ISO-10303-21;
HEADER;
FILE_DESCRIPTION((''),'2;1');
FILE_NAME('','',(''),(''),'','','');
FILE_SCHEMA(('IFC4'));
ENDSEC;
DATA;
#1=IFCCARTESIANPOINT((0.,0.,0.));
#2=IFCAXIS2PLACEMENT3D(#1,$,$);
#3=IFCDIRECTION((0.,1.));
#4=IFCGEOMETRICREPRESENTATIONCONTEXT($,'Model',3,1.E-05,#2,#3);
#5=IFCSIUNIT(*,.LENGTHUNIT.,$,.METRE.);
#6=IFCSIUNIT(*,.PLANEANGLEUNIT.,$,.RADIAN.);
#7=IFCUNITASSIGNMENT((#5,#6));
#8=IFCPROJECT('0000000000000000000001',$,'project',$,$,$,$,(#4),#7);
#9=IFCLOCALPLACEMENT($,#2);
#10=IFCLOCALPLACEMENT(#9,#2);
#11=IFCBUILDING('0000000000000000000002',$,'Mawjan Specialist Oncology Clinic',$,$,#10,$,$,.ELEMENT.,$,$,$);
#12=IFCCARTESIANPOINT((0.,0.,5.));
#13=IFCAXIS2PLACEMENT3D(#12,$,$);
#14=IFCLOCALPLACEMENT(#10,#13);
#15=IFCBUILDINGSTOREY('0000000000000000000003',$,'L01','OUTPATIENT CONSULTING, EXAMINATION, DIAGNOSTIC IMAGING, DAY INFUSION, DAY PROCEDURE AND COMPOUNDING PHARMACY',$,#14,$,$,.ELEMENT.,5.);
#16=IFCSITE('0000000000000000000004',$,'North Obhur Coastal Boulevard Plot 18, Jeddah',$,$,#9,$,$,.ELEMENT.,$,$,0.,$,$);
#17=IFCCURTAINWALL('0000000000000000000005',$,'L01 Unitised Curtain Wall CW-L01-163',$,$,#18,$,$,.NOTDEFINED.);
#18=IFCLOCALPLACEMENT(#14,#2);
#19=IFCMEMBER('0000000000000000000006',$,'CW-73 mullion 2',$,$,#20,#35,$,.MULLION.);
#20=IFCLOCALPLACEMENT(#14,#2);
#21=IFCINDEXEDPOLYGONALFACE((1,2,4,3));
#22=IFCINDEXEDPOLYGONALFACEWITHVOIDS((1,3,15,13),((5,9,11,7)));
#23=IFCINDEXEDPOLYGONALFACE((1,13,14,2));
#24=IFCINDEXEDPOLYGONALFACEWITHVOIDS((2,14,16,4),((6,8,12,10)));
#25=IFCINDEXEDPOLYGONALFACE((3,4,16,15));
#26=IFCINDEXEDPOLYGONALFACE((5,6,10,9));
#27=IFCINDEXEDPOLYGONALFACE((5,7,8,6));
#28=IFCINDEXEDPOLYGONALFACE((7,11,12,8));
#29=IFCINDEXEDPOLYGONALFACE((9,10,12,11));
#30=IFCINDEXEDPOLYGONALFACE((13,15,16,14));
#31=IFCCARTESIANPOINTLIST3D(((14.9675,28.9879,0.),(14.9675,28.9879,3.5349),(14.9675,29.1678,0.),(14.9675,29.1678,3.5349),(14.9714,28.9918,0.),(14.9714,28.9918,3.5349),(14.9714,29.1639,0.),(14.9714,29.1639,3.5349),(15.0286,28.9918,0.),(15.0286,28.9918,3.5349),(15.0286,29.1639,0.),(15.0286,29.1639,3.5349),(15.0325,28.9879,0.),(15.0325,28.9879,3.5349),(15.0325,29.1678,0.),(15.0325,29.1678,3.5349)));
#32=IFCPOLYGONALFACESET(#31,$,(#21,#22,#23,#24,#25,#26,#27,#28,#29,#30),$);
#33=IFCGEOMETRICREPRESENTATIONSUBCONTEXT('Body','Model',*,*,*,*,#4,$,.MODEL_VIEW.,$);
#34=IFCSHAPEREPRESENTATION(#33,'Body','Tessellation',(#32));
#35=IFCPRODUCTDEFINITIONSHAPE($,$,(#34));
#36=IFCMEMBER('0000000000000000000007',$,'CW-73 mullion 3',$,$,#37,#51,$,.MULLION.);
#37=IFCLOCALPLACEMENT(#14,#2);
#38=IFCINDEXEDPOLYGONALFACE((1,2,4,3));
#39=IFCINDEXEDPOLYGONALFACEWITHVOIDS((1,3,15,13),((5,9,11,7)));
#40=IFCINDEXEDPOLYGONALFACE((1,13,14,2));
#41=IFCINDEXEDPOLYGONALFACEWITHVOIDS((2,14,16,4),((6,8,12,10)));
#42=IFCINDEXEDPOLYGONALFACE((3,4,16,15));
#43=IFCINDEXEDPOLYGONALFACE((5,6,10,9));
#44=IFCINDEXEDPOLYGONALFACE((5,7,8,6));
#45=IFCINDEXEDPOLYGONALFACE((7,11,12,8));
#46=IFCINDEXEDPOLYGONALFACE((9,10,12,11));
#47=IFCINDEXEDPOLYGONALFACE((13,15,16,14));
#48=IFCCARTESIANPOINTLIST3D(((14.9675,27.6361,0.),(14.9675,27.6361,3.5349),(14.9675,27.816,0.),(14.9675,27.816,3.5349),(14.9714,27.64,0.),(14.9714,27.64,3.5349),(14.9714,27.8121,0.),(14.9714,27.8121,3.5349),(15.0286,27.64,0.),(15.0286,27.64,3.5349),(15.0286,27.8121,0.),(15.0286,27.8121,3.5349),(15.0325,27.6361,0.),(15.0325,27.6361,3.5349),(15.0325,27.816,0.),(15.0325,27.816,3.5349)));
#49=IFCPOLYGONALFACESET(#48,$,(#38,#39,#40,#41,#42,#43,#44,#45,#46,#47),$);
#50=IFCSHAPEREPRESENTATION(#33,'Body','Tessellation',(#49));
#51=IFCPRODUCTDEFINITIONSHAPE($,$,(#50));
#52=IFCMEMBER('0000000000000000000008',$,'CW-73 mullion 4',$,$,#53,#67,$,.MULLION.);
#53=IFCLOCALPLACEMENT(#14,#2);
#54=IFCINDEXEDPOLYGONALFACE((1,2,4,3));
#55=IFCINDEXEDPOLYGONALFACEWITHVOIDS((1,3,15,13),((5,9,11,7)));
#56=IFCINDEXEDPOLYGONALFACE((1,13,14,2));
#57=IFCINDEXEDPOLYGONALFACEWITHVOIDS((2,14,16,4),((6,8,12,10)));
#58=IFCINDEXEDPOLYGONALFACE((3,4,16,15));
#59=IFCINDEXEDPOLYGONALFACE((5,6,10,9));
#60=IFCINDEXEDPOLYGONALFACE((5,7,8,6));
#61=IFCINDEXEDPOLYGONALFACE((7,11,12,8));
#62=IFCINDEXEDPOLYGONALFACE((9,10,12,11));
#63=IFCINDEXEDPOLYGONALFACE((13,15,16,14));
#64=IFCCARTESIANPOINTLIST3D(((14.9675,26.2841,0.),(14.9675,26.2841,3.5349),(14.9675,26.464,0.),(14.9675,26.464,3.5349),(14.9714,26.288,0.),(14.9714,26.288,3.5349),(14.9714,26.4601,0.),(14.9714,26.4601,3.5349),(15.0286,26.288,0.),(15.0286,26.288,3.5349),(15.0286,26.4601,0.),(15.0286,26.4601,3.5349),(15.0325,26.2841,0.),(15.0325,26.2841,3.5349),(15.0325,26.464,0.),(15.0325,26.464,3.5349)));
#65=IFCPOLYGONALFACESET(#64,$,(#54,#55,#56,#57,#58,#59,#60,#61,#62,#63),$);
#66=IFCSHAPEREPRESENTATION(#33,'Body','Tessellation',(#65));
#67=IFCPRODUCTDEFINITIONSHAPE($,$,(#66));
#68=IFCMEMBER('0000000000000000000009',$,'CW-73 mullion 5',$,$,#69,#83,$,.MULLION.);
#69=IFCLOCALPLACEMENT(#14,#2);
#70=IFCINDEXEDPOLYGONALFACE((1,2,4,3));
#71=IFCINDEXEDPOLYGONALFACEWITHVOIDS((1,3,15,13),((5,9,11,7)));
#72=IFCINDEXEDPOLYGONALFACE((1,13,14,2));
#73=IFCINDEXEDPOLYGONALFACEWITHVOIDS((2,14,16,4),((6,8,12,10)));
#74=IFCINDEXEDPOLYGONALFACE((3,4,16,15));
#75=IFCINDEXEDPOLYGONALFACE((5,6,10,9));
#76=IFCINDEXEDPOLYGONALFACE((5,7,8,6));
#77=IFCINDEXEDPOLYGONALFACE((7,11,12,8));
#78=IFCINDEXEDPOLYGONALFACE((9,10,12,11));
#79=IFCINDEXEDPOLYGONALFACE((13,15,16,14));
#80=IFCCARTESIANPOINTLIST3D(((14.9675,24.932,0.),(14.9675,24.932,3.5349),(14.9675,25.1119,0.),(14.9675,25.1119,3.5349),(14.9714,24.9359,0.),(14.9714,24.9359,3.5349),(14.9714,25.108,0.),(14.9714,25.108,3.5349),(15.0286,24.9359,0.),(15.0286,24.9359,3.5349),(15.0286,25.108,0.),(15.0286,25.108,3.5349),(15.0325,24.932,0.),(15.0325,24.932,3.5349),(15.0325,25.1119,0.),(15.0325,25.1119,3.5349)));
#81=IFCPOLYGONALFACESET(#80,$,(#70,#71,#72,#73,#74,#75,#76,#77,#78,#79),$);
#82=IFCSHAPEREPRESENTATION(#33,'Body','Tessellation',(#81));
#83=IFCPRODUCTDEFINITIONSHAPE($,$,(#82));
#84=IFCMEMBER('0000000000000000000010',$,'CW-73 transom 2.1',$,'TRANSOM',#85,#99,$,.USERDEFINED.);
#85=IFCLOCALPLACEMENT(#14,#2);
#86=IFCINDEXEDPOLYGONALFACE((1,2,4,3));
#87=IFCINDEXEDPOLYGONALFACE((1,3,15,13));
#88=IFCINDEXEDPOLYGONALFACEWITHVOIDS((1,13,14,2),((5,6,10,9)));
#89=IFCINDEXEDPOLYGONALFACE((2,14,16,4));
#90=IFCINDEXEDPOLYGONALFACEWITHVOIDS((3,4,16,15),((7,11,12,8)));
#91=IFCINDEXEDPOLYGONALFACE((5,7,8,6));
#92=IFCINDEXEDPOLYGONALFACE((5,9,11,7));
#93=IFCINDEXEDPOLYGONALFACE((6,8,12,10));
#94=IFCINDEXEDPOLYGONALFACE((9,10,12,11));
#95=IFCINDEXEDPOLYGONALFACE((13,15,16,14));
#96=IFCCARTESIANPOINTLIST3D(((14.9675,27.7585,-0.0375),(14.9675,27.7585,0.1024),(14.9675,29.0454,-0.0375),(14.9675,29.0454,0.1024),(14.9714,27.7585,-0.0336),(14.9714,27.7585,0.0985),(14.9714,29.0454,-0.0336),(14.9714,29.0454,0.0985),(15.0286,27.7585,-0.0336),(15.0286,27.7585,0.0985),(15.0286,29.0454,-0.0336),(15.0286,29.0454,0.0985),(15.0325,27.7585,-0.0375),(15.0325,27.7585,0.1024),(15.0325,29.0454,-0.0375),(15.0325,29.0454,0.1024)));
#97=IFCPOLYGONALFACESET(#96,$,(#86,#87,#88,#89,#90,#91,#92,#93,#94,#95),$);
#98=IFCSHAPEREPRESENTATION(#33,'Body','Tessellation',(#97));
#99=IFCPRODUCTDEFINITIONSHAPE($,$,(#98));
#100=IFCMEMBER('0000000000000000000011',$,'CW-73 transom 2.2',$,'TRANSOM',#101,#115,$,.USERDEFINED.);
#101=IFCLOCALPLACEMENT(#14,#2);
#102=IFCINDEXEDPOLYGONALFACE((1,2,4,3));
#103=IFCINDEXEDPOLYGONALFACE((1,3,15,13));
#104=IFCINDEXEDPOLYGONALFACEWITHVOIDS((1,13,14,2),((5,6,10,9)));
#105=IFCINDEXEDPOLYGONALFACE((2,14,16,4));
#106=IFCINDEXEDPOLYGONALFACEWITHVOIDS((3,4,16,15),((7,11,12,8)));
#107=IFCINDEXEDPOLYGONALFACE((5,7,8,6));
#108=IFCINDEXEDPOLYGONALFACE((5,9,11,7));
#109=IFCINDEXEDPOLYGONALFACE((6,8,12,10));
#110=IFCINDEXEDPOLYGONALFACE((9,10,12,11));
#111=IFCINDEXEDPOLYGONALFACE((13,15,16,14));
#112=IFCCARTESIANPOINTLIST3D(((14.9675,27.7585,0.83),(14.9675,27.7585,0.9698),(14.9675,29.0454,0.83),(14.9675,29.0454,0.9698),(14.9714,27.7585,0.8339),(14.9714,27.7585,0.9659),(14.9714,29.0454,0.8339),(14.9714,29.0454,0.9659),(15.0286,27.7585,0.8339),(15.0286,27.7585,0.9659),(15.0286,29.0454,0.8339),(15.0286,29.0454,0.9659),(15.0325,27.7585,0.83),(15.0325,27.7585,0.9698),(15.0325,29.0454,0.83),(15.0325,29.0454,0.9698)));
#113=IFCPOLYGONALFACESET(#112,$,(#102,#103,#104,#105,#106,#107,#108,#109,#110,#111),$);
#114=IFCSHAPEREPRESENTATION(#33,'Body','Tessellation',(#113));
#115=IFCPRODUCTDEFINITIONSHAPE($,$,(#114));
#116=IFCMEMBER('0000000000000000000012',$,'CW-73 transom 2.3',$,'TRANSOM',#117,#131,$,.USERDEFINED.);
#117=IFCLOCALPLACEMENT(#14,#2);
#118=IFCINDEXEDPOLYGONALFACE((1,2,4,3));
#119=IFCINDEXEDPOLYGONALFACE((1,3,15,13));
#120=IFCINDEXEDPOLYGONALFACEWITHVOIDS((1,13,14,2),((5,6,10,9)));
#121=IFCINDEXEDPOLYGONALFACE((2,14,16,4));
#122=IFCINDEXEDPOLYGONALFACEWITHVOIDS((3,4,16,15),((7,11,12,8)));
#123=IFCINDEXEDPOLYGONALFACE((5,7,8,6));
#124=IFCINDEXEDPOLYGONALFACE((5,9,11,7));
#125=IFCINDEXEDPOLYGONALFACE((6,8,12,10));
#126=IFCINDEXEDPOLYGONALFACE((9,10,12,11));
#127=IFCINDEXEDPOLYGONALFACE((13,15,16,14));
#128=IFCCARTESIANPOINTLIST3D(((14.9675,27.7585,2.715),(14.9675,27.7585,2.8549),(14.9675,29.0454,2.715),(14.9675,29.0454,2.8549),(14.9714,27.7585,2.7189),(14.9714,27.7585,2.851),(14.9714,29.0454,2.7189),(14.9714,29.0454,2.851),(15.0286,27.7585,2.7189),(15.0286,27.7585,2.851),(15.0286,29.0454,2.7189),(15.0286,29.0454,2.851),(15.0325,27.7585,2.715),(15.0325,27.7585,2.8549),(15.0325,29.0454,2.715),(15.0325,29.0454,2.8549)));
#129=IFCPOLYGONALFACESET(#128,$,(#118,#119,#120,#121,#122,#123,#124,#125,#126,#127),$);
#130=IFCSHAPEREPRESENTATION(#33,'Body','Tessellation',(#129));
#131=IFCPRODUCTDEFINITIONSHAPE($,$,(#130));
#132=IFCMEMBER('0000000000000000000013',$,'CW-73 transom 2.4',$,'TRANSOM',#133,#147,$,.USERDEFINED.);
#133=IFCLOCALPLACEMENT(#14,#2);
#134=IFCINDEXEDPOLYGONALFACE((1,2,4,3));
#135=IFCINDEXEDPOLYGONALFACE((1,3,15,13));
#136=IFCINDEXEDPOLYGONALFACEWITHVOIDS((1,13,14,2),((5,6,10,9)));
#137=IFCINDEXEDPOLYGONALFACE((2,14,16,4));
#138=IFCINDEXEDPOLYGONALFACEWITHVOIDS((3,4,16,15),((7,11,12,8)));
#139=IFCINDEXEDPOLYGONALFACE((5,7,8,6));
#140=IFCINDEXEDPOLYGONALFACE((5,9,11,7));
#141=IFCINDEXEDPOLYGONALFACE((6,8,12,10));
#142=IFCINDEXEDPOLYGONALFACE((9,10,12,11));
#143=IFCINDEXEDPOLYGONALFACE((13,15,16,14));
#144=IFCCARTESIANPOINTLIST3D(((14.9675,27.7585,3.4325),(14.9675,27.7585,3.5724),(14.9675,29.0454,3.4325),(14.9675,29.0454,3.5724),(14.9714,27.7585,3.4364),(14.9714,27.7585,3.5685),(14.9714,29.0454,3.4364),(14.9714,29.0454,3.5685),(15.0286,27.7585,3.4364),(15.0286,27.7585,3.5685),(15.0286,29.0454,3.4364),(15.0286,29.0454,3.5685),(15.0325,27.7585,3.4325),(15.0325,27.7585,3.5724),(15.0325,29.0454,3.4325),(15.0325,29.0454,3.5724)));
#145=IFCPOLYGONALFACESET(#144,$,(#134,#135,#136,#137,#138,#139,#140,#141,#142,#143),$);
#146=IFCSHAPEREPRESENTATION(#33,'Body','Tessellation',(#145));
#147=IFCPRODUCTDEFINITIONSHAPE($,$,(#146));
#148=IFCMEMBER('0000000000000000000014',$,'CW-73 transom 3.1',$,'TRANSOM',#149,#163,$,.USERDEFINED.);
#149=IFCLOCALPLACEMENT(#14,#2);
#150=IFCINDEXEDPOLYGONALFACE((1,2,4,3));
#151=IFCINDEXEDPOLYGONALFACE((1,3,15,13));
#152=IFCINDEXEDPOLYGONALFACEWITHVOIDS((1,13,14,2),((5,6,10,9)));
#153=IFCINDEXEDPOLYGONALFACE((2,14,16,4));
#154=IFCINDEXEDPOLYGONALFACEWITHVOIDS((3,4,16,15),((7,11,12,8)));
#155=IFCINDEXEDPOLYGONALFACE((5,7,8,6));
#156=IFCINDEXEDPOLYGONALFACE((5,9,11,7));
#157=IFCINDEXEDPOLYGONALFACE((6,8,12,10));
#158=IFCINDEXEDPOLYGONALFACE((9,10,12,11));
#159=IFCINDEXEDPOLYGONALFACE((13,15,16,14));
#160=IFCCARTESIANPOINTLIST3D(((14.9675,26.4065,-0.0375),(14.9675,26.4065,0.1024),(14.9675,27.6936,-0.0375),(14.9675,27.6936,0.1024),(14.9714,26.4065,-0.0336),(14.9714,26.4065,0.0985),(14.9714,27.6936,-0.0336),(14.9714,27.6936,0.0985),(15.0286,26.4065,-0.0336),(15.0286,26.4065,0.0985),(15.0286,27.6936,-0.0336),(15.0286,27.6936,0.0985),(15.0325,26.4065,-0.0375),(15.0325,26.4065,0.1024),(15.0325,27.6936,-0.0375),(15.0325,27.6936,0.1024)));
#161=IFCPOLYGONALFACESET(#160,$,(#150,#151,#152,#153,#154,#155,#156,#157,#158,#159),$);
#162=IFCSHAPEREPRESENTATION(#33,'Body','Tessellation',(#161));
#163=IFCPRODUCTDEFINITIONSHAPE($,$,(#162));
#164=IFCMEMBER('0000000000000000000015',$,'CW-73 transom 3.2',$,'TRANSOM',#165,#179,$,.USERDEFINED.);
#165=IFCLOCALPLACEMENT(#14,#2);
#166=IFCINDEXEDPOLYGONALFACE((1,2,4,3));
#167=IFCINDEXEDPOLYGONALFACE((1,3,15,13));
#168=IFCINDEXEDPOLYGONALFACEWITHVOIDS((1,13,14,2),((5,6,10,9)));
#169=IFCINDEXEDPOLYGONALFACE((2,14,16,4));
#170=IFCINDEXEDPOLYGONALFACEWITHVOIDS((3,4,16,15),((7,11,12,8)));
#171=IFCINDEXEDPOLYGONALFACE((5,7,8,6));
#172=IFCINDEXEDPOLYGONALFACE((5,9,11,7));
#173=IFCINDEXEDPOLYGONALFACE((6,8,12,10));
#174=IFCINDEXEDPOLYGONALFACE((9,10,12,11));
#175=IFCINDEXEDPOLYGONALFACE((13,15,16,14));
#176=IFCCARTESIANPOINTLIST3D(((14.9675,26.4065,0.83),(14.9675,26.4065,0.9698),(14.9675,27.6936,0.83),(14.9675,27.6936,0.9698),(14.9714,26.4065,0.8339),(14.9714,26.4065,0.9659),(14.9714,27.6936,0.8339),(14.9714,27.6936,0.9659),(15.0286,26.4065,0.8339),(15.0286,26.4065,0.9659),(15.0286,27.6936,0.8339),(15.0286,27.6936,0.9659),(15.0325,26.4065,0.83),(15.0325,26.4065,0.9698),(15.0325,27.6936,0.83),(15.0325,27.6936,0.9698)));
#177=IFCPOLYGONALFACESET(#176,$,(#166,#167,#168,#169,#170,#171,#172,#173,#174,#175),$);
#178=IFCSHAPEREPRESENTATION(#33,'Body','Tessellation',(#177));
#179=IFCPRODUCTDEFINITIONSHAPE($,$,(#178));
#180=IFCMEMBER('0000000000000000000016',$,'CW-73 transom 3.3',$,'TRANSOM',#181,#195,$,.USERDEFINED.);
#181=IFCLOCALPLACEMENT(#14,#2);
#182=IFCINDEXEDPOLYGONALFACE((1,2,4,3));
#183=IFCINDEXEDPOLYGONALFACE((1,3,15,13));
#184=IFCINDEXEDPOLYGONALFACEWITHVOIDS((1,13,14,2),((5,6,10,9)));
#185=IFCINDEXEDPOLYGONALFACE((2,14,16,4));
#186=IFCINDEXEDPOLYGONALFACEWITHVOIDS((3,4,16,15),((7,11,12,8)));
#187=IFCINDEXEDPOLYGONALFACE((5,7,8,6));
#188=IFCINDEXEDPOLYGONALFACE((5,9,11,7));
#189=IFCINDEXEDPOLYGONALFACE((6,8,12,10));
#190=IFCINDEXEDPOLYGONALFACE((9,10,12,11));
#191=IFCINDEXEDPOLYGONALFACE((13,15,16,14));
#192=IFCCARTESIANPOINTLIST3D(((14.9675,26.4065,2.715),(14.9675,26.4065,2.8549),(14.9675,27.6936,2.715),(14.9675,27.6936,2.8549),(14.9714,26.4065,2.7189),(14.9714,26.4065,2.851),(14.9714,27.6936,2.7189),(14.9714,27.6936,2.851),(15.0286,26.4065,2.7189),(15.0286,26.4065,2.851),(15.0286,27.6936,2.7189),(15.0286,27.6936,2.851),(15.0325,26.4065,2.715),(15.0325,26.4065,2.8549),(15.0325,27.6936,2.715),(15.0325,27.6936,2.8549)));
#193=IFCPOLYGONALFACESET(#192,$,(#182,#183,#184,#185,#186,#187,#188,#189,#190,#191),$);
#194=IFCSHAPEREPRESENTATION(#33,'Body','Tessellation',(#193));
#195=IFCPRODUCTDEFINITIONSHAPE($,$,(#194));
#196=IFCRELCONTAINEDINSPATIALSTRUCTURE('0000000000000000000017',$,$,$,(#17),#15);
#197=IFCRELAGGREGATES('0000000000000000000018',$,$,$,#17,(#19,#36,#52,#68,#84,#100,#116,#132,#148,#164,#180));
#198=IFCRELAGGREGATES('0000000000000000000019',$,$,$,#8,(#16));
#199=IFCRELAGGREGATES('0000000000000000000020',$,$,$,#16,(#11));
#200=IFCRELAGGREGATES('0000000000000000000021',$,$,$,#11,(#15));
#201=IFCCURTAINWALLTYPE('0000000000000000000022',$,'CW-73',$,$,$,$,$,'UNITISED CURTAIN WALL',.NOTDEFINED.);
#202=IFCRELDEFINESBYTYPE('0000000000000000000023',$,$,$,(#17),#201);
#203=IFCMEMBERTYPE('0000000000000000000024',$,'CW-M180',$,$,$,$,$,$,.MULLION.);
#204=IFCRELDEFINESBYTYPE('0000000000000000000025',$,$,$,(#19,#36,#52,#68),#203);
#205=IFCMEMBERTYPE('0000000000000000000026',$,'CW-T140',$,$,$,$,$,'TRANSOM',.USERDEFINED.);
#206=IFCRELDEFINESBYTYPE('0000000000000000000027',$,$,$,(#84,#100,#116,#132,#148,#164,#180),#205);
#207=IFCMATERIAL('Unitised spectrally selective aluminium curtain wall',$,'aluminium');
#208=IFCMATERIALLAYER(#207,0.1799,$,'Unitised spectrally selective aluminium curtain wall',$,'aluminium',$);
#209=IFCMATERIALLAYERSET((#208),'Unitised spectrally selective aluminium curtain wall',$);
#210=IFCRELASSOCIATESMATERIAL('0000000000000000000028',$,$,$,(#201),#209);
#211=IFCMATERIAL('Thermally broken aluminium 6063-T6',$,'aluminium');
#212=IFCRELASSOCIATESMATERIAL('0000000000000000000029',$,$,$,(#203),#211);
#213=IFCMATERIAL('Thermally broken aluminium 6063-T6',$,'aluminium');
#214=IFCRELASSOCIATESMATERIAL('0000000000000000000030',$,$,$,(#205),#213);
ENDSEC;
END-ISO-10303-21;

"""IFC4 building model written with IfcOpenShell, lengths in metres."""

from ifc_helpers import new_model, si_unit, direction, frame, origin, origin_2d, place, context, subcontext, project, spatial, hollow_rectangle, extrude, material, layer, layer_set, material_profile, profile_set, type_object, element, aggregate, save


model = new_model("IFC4")

# Units and contexts
model_context = context("Model", 3, precision=1e-05, world=origin(), true_north=direction((0.0, 1.0)))
body_context = subcontext(model_context, "Body", "Model", "MODEL_VIEW")
ifc_project = project(units=[si_unit("LENGTHUNIT", "METRE"), si_unit("PLANEANGLEUNIT", "RADIAN")], contexts=[model_context])

# Site, building, storey
site_placement = place(None, origin())
site = spatial("IfcSite", under=ifc_project, at=site_placement, Name="North Obhur Coastal Boulevard Plot 18, Jeddah", CompositionType="ELEMENT", RefElevation=0.0)
building_placement = place(site_placement, origin())
building = spatial("IfcBuilding", under=site, at=building_placement, Name="Mawjan Specialist Oncology Clinic", CompositionType="ELEMENT")
storey_placement = place(building_placement, frame((0.0, 0.0, 5.0)))
storey = spatial("IfcBuildingStorey", under=building, at=storey_placement, Name="L01", Description="OUTPATIENT CONSULTING, EXAMINATION, DIAGNOSTIC IMAGING, DAY INFUSION, DAY PROCEDURE AND COMPOUNDING PHARMACY", CompositionType="ELEMENT", Elevation=5.0)

# Curtain wall, members
ifc_material_1 = material(Name="Unitised spectrally selective aluminium curtain wall", Category="aluminium")
ifc_layer_1 = layer(ifc_material_1, 0.1799, Name="Unitised spectrally selective aluminium curtain wall", Category="aluminium")
ifc_layer_set_1 = layer_set([ifc_layer_1], Name="Unitised spectrally selective aluminium curtain wall")
curtain_wall_type = type_object("IfcCurtainWallType", Name="CW-73", ElementType="UNITISED CURTAIN WALL", PredefinedType="NOTDEFINED", material=ifc_layer_set_1)
curtain_wall_placement = place(storey_placement, origin())
curtain_wall = element("IfcCurtainWall", 1, at=curtain_wall_placement, inside=storey, type_object=curtain_wall_type, Name="L01 Unitised Curtain Wall CW-L01-163", PredefinedType="NOTDEFINED")
ifc_material_2 = material(Name="Thermally broken aluminium 6063-T6", Category="aluminium")
ifc_material_profile_1 = material_profile(ifc_material_2, hollow_rectangle(XDim=0.0649, YDim=0.1799, WallThickness=0.0039, at=origin_2d()), Name="ALU MULLION 180x65x4", Category="aluminium")
ifc_profile_set_1 = profile_set([ifc_material_profile_1], Name="Thermally broken aluminium 6063-T6")
member_type_1 = type_object("IfcMemberType", Name="CW-M180", PredefinedType="MULLION", material=ifc_profile_set_1)
member_1_placement = place(storey_placement, frame((15.0, 29.0779, 0.0), z_axis=(0.0, 0.0, 1.0), x_axis=(1.0, 0.0, 0.0)))
member_1 = element("IfcMember", 2, at=member_1_placement, type_object=member_type_1, Name="CW-73 mullion 2", PredefinedType="MULLION", context=body_context, shape_type="SweptSolid", body=[
    extrude(hollow_rectangle(XDim=0.0649, YDim=0.1799, WallThickness=0.0039, at=origin_2d()), origin(), (0.0, 0.0, 1.0), 3.5349),
])
member_2_placement = place(storey_placement, frame((15.0, 27.7261, 0.0), z_axis=(0.0, 0.0, 1.0), x_axis=(1.0, 0.0, 0.0)))
member_2 = element("IfcMember", 3, at=member_2_placement, type_object=member_type_1, Name="CW-73 mullion 3", PredefinedType="MULLION", context=body_context, shape_type="SweptSolid", body=[
    extrude(hollow_rectangle(XDim=0.0649, YDim=0.1799, WallThickness=0.0039, at=origin_2d()), origin(), (0.0, 0.0, 1.0), 3.5349),
])
member_3_placement = place(storey_placement, frame((15.0, 26.374, 0.0), z_axis=(0.0, 0.0, 1.0), x_axis=(1.0, 0.0, 0.0)))
member_3 = element("IfcMember", 4, at=member_3_placement, type_object=member_type_1, Name="CW-73 mullion 4", PredefinedType="MULLION", context=body_context, shape_type="SweptSolid", body=[
    extrude(hollow_rectangle(XDim=0.0649, YDim=0.1799, WallThickness=0.0039, at=origin_2d()), origin(), (0.0, 0.0, 1.0), 3.5349),
])
member_4_placement = place(storey_placement, frame((15.0, 25.022, 0.0), z_axis=(0.0, 0.0, 1.0), x_axis=(1.0, 0.0, 0.0)))
member_4 = element("IfcMember", 5, at=member_4_placement, type_object=member_type_1, Name="CW-73 mullion 5", PredefinedType="MULLION", context=body_context, shape_type="SweptSolid", body=[
    extrude(hollow_rectangle(XDim=0.0649, YDim=0.1799, WallThickness=0.0039, at=origin_2d()), origin(), (0.0, 0.0, 1.0), 3.5349),
])
ifc_material_3 = material(Name="Thermally broken aluminium 6063-T6", Category="aluminium")
ifc_material_profile_2 = material_profile(ifc_material_3, hollow_rectangle(XDim=0.0649, YDim=0.1399, WallThickness=0.0039, at=origin_2d()), Name="ALU TRANSOM 140x65x4", Category="aluminium")
ifc_profile_set_2 = profile_set([ifc_material_profile_2], Name="Thermally broken aluminium 6063-T6")
member_type_2 = type_object("IfcMemberType", Name="CW-T140", ElementType="TRANSOM", PredefinedType="USERDEFINED", material=ifc_profile_set_2)
member_5_placement = place(storey_placement, frame((15.0, 29.0454, 0.0325), z_axis=(0.0, -1.0, 0.0), x_axis=(1.0, 0.0, 0.0)))
member_5 = element("IfcMember", 6, at=member_5_placement, type_object=member_type_2, Name="CW-73 transom 2.1", ObjectType="TRANSOM", PredefinedType="USERDEFINED", context=body_context, shape_type="SweptSolid", body=[
    extrude(hollow_rectangle(XDim=0.0649, YDim=0.1399, WallThickness=0.0039, at=origin_2d()), origin(), (0.0, 0.0, 1.0), 1.2869),
])
member_6_placement = place(storey_placement, frame((15.0, 29.0454, 0.8999), z_axis=(0.0, -1.0, 0.0), x_axis=(1.0, 0.0, 0.0)))
member_6 = element("IfcMember", 7, at=member_6_placement, type_object=member_type_2, Name="CW-73 transom 2.2", ObjectType="TRANSOM", PredefinedType="USERDEFINED", context=body_context, shape_type="SweptSolid", body=[
    extrude(hollow_rectangle(XDim=0.0649, YDim=0.1399, WallThickness=0.0039, at=origin_2d()), origin(), (0.0, 0.0, 1.0), 1.2869),
])
member_7_placement = place(storey_placement, frame((15.0, 29.0454, 2.7849), z_axis=(0.0, -1.0, 0.0), x_axis=(1.0, 0.0, 0.0)))
member_7 = element("IfcMember", 8, at=member_7_placement, type_object=member_type_2, Name="CW-73 transom 2.3", ObjectType="TRANSOM", PredefinedType="USERDEFINED", context=body_context, shape_type="SweptSolid", body=[
    extrude(hollow_rectangle(XDim=0.0649, YDim=0.1399, WallThickness=0.0039, at=origin_2d()), origin(), (0.0, 0.0, 1.0), 1.2869),
])
member_8_placement = place(storey_placement, frame((15.0, 29.0454, 3.5024), z_axis=(0.0, -1.0, 0.0), x_axis=(1.0, 0.0, 0.0)))
member_8 = element("IfcMember", 9, at=member_8_placement, type_object=member_type_2, Name="CW-73 transom 2.4", ObjectType="TRANSOM", PredefinedType="USERDEFINED", context=body_context, shape_type="SweptSolid", body=[
    extrude(hollow_rectangle(XDim=0.0649, YDim=0.1399, WallThickness=0.0039, at=origin_2d()), origin(), (0.0, 0.0, 1.0), 1.2869),
])
member_9_placement = place(storey_placement, frame((15.0, 27.6936, 0.0325), z_axis=(0.0, -1.0, 0.0), x_axis=(1.0, 0.0, 0.0)))
member_9 = element("IfcMember", 10, at=member_9_placement, type_object=member_type_2, Name="CW-73 transom 3.1", ObjectType="TRANSOM", PredefinedType="USERDEFINED", context=body_context, shape_type="SweptSolid", body=[
    extrude(hollow_rectangle(XDim=0.0649, YDim=0.1399, WallThickness=0.0039, at=origin_2d()), origin(), (0.0, 0.0, 1.0), 1.2871),
])
member_10_placement = place(storey_placement, frame((15.0, 27.6936, 0.8999), z_axis=(0.0, -1.0, 0.0), x_axis=(1.0, 0.0, 0.0)))
member_10 = element("IfcMember", 11, at=member_10_placement, type_object=member_type_2, Name="CW-73 transom 3.2", ObjectType="TRANSOM", PredefinedType="USERDEFINED", context=body_context, shape_type="SweptSolid", body=[
    extrude(hollow_rectangle(XDim=0.0649, YDim=0.1399, WallThickness=0.0039, at=origin_2d()), origin(), (0.0, 0.0, 1.0), 1.2871),
])
member_11_placement = place(storey_placement, frame((15.0, 27.6936, 2.7849), z_axis=(0.0, -1.0, 0.0), x_axis=(1.0, 0.0, 0.0)))
member_11 = element("IfcMember", 12, at=member_11_placement, type_object=member_type_2, Name="CW-73 transom 3.3", ObjectType="TRANSOM", PredefinedType="USERDEFINED", context=body_context, shape_type="SweptSolid", body=[
    extrude(hollow_rectangle(XDim=0.0649, YDim=0.1399, WallThickness=0.0039, at=origin_2d()), origin(), (0.0, 0.0, 1.0), 1.2871),
])
aggregate(curtain_wall, [member_1, member_2, member_3, member_4, member_5, member_6, member_7, member_8, member_9, member_10, member_11])

save(model, "model.ifc")
